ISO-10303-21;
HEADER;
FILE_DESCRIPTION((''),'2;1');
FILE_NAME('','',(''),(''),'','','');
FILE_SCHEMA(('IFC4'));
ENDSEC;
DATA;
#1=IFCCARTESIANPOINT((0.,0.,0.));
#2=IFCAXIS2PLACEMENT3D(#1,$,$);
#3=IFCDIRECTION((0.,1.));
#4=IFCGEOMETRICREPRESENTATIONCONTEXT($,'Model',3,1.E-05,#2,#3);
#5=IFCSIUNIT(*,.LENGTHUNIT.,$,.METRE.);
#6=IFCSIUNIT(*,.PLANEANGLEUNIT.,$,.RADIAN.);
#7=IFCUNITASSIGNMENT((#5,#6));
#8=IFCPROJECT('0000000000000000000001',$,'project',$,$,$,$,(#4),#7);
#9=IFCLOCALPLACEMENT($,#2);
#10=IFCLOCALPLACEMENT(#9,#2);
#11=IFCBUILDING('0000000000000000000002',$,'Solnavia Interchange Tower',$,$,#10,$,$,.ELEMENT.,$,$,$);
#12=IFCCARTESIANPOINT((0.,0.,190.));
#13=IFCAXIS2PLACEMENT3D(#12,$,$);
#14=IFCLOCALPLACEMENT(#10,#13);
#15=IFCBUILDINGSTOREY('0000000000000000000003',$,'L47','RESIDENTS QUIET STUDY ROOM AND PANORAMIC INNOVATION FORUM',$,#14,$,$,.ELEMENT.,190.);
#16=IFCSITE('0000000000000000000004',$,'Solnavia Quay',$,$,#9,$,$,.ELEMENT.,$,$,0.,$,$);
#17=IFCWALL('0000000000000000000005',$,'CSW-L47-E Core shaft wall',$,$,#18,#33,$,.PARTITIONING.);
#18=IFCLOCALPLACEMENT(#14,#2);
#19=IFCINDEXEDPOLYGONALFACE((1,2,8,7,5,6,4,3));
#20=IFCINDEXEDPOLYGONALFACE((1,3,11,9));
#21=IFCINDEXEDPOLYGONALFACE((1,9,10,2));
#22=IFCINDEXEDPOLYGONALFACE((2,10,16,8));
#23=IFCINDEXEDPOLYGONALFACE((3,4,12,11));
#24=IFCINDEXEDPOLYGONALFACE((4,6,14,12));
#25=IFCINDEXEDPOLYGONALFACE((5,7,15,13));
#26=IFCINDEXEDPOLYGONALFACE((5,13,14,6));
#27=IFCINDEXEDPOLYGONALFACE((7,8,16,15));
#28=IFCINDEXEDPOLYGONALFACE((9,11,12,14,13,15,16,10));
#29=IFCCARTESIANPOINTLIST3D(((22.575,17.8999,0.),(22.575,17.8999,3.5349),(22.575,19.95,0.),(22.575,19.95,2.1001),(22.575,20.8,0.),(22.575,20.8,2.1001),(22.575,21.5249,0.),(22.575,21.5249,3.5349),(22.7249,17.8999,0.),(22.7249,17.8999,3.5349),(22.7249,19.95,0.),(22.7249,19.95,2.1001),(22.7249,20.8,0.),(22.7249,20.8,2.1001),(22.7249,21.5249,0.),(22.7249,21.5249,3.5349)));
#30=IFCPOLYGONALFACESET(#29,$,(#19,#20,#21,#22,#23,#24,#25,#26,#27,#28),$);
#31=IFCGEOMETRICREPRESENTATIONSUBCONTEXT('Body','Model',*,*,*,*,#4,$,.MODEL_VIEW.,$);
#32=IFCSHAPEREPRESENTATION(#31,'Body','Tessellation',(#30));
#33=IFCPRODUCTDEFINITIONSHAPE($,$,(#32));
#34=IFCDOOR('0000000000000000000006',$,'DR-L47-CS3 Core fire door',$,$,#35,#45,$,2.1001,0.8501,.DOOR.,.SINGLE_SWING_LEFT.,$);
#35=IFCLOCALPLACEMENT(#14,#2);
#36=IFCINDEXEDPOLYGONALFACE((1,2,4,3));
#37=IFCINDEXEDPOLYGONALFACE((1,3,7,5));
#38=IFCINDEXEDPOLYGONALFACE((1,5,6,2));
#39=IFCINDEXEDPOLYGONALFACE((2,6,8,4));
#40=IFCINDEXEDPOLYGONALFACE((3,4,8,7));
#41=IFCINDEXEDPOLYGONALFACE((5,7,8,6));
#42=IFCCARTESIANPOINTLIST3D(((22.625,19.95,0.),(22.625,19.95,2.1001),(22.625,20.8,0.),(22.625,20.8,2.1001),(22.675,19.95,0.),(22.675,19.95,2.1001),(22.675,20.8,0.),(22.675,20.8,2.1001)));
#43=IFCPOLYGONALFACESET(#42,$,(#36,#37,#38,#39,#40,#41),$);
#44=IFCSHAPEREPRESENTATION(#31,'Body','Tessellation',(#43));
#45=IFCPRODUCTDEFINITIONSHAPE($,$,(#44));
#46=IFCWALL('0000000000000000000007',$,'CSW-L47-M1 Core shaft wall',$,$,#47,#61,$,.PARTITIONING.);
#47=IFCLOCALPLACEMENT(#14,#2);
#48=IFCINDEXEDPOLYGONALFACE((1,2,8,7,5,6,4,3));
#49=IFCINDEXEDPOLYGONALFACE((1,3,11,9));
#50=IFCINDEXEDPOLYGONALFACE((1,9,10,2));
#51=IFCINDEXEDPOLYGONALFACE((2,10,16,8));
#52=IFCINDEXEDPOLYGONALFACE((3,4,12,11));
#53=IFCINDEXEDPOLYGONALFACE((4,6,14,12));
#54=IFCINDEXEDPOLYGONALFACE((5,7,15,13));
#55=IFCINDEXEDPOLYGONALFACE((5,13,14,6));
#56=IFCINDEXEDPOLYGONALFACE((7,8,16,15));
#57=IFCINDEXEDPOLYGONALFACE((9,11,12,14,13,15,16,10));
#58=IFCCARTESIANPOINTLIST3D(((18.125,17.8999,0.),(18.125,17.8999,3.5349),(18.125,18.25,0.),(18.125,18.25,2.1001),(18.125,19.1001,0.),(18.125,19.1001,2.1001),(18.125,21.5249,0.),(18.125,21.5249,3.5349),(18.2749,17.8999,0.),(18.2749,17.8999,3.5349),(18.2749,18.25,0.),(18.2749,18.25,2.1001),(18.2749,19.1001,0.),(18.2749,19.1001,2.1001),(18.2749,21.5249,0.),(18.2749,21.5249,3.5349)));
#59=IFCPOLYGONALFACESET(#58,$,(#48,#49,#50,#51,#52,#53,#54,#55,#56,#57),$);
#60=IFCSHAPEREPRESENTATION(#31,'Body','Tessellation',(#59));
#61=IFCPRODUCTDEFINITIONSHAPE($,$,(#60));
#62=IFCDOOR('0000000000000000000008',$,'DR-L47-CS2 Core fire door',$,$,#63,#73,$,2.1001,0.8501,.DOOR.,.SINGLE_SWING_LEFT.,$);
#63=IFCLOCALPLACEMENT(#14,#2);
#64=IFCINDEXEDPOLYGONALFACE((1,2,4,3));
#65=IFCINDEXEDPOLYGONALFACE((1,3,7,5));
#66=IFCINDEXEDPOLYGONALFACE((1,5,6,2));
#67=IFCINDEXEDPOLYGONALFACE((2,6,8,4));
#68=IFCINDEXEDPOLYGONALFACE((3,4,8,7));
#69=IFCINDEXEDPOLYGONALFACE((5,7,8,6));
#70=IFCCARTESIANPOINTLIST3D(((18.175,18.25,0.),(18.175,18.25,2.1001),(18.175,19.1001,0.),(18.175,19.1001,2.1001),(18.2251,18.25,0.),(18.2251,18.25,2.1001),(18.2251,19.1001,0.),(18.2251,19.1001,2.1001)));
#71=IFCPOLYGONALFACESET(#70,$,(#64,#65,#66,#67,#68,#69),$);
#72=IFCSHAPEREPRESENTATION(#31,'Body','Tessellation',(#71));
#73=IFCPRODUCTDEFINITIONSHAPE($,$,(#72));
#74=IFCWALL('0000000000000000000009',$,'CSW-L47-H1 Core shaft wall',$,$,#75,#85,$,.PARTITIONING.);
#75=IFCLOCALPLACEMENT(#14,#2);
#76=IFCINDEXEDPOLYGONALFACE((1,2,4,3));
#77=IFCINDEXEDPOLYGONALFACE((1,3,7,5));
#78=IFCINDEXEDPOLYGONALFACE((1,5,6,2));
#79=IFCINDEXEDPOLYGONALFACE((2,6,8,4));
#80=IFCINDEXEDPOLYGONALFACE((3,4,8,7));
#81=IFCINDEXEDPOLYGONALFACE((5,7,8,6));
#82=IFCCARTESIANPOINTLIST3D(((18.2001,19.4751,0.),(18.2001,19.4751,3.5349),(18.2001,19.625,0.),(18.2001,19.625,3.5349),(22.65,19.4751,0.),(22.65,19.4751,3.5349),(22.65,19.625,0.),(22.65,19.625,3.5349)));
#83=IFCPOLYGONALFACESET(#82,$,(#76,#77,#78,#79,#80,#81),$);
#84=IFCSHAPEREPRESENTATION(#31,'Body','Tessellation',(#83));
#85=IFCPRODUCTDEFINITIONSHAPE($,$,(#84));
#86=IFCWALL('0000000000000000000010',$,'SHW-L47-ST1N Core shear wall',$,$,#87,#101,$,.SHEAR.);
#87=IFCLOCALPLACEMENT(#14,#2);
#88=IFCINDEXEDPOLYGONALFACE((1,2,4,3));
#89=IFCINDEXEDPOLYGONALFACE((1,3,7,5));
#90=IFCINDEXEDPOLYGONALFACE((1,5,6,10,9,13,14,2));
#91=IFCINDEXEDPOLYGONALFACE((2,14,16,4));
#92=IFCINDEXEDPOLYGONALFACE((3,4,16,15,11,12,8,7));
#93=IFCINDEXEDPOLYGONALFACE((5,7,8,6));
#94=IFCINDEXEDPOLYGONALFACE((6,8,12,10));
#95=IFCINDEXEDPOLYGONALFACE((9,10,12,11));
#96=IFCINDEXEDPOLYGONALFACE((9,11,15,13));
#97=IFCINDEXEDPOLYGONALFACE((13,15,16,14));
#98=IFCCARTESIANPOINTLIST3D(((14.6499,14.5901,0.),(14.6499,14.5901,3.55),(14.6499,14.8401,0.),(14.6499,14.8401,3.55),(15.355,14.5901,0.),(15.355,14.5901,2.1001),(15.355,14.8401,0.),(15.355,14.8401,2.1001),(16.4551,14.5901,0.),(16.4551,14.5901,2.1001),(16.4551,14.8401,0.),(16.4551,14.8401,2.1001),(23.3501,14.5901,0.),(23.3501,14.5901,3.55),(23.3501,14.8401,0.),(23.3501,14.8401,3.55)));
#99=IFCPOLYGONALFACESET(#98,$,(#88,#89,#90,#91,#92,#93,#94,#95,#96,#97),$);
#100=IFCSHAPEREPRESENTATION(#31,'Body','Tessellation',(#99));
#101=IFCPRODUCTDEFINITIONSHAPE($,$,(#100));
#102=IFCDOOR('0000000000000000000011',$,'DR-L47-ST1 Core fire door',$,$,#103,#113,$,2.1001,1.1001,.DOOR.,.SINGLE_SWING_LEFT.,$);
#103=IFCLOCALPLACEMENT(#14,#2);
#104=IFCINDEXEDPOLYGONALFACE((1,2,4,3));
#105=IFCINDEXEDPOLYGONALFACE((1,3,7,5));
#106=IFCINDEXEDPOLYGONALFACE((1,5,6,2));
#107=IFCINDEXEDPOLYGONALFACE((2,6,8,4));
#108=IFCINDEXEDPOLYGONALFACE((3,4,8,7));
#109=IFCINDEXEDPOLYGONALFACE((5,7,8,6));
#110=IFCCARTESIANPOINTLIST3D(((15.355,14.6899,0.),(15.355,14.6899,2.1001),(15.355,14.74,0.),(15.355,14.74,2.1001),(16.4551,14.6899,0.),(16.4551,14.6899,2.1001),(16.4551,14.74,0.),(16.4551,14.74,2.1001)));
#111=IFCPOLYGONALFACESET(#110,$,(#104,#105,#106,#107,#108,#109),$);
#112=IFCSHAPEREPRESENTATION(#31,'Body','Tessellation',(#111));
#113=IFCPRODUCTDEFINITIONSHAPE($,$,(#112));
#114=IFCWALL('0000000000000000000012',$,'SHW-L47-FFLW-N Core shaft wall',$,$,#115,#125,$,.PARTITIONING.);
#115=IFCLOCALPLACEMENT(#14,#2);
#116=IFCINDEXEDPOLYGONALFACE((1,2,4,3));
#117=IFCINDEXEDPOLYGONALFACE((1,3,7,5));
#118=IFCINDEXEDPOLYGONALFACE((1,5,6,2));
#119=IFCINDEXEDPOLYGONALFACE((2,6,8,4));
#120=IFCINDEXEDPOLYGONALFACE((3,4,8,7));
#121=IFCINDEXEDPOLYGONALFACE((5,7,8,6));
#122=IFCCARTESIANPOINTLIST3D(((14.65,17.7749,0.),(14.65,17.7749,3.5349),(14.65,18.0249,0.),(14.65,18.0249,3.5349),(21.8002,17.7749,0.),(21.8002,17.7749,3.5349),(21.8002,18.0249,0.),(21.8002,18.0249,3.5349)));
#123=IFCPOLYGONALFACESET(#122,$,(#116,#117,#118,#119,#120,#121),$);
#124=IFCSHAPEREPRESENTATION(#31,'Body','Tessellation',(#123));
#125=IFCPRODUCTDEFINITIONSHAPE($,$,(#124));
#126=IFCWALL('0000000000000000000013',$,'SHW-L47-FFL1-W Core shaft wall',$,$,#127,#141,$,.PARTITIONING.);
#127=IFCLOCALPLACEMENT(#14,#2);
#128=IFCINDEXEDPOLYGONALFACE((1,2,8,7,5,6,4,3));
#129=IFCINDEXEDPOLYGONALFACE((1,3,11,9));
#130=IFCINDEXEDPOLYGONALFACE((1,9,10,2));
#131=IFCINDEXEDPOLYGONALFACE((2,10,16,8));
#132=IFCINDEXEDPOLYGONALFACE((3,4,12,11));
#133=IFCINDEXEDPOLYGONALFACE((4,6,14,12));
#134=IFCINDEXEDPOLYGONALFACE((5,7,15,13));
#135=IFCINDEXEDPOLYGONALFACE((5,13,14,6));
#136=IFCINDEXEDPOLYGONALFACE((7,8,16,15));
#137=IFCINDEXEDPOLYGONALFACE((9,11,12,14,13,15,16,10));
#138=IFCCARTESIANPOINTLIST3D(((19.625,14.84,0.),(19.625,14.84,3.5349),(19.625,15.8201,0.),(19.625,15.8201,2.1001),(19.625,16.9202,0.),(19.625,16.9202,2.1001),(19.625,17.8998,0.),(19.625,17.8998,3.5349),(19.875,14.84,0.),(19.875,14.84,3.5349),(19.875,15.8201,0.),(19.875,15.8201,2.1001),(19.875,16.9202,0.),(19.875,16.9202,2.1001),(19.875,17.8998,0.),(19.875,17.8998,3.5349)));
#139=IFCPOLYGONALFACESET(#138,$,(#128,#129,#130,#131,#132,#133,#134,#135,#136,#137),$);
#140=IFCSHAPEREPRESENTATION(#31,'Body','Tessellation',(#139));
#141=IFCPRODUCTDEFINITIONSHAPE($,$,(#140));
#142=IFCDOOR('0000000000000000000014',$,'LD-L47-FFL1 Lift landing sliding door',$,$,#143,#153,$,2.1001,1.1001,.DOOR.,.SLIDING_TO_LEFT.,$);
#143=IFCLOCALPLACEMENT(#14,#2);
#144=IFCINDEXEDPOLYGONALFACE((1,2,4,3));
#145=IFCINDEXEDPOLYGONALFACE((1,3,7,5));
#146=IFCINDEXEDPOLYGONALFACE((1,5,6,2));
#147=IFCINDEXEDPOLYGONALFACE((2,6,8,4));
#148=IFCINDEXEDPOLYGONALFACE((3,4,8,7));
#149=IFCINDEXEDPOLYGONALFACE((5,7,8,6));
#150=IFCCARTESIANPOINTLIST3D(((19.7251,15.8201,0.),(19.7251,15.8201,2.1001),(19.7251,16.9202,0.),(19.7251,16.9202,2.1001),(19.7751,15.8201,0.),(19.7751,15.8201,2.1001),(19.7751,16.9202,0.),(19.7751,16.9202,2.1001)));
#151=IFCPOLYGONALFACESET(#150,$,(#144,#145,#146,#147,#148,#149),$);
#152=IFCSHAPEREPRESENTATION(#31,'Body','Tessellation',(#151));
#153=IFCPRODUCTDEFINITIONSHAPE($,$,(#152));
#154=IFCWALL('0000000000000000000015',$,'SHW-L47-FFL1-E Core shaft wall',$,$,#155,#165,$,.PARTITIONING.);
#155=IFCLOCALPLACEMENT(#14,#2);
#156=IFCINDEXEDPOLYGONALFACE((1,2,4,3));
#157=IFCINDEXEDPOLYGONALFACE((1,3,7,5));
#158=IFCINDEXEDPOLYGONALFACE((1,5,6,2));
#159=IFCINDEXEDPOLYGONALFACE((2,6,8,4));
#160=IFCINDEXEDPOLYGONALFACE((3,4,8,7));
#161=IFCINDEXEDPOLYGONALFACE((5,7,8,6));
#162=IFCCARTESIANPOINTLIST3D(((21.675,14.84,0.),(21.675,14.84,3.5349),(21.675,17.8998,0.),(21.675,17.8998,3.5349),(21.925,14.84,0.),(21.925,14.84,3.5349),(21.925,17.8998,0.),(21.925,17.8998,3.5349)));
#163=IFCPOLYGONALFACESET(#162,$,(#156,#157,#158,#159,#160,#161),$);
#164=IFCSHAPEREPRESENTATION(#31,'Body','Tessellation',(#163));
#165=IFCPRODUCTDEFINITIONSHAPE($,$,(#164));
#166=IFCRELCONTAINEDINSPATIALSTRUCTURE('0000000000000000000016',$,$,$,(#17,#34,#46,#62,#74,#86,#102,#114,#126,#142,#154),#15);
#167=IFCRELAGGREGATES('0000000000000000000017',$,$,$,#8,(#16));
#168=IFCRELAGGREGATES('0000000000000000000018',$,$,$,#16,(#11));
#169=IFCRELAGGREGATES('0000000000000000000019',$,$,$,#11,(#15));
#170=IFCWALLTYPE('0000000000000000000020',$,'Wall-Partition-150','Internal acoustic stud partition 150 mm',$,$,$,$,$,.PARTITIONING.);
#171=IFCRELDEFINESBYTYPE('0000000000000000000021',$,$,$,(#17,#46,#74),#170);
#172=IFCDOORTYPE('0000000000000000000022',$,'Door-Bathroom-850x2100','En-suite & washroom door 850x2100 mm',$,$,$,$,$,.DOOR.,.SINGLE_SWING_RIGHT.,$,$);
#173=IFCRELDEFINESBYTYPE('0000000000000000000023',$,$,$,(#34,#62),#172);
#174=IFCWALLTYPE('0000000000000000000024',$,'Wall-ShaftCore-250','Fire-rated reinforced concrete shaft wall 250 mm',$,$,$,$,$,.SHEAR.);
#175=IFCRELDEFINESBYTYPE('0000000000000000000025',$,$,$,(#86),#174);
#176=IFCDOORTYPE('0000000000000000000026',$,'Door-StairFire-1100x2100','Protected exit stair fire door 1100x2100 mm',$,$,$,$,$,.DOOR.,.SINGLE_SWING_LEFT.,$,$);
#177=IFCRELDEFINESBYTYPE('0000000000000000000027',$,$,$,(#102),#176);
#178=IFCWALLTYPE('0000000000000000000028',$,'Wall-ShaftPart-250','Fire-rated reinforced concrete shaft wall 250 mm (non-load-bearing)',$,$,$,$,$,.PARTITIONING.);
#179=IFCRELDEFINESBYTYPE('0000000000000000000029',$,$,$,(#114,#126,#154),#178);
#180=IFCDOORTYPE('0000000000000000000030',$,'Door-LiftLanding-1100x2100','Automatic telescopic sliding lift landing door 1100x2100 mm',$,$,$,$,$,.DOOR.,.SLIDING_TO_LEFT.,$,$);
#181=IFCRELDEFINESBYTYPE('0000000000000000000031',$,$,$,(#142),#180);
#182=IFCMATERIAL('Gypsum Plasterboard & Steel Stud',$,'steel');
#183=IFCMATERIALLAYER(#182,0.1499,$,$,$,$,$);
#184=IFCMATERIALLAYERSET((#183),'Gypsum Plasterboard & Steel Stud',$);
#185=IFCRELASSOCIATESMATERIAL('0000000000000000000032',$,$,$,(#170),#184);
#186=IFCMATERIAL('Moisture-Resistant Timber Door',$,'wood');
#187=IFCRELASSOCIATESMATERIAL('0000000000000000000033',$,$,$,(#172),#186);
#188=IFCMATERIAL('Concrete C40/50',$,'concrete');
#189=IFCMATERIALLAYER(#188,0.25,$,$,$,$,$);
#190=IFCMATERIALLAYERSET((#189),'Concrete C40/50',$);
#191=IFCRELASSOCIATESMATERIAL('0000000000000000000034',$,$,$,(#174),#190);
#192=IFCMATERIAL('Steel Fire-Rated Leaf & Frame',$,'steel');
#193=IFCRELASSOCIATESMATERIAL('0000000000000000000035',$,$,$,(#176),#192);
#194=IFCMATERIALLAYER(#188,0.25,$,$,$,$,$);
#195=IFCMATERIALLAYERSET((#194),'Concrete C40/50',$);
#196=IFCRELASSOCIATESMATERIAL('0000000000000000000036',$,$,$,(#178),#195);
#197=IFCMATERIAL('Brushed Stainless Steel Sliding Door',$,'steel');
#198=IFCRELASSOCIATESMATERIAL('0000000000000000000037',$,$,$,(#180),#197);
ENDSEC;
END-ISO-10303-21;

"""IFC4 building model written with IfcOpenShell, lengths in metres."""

from ifc_helpers import new_model, si_unit, direction, frame, frame_2d, origin, place, context, subcontext, project, spatial, rectangle, extrude, material, layer, layer_set, type_object, element, fill, save


model = new_model("IFC4")

# Units and contexts
model_context = context("Model", 3, precision=1e-05, world=origin(), true_north=direction((0.0, 1.0)))
body_context = subcontext(model_context, "Body", "Model", "MODEL_VIEW")
ifc_project = project(units=[si_unit("LENGTHUNIT", "METRE"), si_unit("PLANEANGLEUNIT", "RADIAN")], contexts=[model_context])

# Site, building, storey
site_placement = place(None, origin())
site = spatial("IfcSite", under=ifc_project, at=site_placement, Name="Solnavia Quay", CompositionType="ELEMENT", RefElevation=0.0)
building_placement = place(site_placement, origin())
building = spatial("IfcBuilding", under=site, at=building_placement, Name="Solnavia Interchange Tower", CompositionType="ELEMENT")
storey_placement = place(building_placement, frame((0.0, 0.0, 190.0)))
storey = spatial("IfcBuildingStorey", under=building, at=storey_placement, Name="L47", Description="RESIDENTS QUIET STUDY ROOM AND PANORAMIC INNOVATION FORUM", CompositionType="ELEMENT", Elevation=190.0)

# Walls, openings, doors
ifc_material_1 = material(Name="Gypsum Plasterboard & Steel Stud", Category="steel")
ifc_layer_1 = layer(ifc_material_1, 0.1499)
ifc_layer_set_1 = layer_set([ifc_layer_1], Name="Gypsum Plasterboard & Steel Stud")
wall_type_1 = type_object("IfcWallType", Name="Wall-Partition-150", Description="Internal acoustic stud partition 150 mm", PredefinedType="PARTITIONING", material=ifc_layer_set_1)
wall_1_placement = place(storey_placement, frame((22.6499, 17.8999, 0.0), z_axis=(0.0, 0.0, 1.0), x_axis=(0.0, 1.0, 0.0)))
wall_1 = element("IfcWall", 1, at=wall_1_placement, inside=storey, type_object=wall_type_1, Name="CSW-L47-E Core shaft wall", PredefinedType="PARTITIONING", context=body_context, shape_type="SweptSolid", body=[
    extrude(rectangle(XDim=3.625, YDim=0.1499, at=frame_2d((1.8125, 0.0))), origin(), (0.0, 0.0, 1.0), 3.5349),
])
opening_1_placement = place(wall_1_placement, frame((2.05, 0.0, 0.0)))
opening_1 = element("IfcOpeningElement", 2, at=opening_1_placement, cuts=wall_1, PredefinedType="OPENING", context=body_context, shape_type="SweptSolid", body=[
    extrude(rectangle(XDim=0.8501, YDim=2.1001, at=frame_2d((0.425, 1.05))), frame((0.0, 0.085, 0.0), z_axis=(0.0, -1.0, 0.0), x_axis=(1.0, 0.0, 0.0)), (0.0, 0.0, 1.0), 0.1699),
])
ifc_material_2 = material(Name="Moisture-Resistant Timber Door", Category="wood")
door_type_1 = type_object("IfcDoorType", Name="Door-Bathroom-850x2100", Description="En-suite & washroom door 850x2100 mm", OperationType="SINGLE_SWING_RIGHT", PredefinedType="DOOR", material=ifc_material_2)
door_1_placement = place(opening_1_placement, origin())
door_1 = element("IfcDoor", 3, at=door_1_placement, inside=storey, type_object=door_type_1, Name="DR-L47-CS3 Core fire door", OperationType="SINGLE_SWING_LEFT", OverallHeight=2.1001, OverallWidth=0.8501, PredefinedType="DOOR", context=body_context, shape_type="SweptSolid", body=[
    extrude(rectangle(XDim=0.8501, YDim=2.1001, at=frame_2d((0.425, 1.05))), frame((0.0, 0.0249, 0.0), z_axis=(0.0, -1.0, 0.0), x_axis=(1.0, 0.0, 0.0)), (0.0, 0.0, 1.0), 0.05),
])
fill(opening_1, door_1)
wall_2_placement = place(storey_placement, frame((18.2, 17.8999, 0.0), z_axis=(0.0, 0.0, 1.0), x_axis=(0.0, 1.0, 0.0)))
wall_2 = element("IfcWall", 4, at=wall_2_placement, inside=storey, type_object=wall_type_1, Name="CSW-L47-M1 Core shaft wall", PredefinedType="PARTITIONING", context=body_context, shape_type="SweptSolid", body=[
    extrude(rectangle(XDim=3.625, YDim=0.1499, at=frame_2d((1.8125, 0.0))), origin(), (0.0, 0.0, 1.0), 3.5349),
])
opening_2_placement = place(wall_2_placement, frame((0.3501, 0.0, 0.0)))
opening_2 = element("IfcOpeningElement", 5, at=opening_2_placement, cuts=wall_2, PredefinedType="OPENING", context=body_context, shape_type="SweptSolid", body=[
    extrude(rectangle(XDim=0.8501, YDim=2.1001, at=frame_2d((0.425, 1.05))), frame((0.0, 0.085, 0.0), z_axis=(0.0, -1.0, 0.0), x_axis=(1.0, 0.0, 0.0)), (0.0, 0.0, 1.0), 0.1699),
])
door_2_placement = place(opening_2_placement, origin())
door_2 = element("IfcDoor", 6, at=door_2_placement, inside=storey, type_object=door_type_1, Name="DR-L47-CS2 Core fire door", OperationType="SINGLE_SWING_LEFT", OverallHeight=2.1001, OverallWidth=0.8501, PredefinedType="DOOR", context=body_context, shape_type="SweptSolid", body=[
    extrude(rectangle(XDim=0.8501, YDim=2.1001, at=frame_2d((0.425, 1.05))), frame((0.0, 0.0249, 0.0), z_axis=(0.0, -1.0, 0.0), x_axis=(1.0, 0.0, 0.0)), (0.0, 0.0, 1.0), 0.05),
])
fill(opening_2, door_2)

# Wall
wall_3_placement = place(storey_placement, frame((18.2, 19.55, 0.0), z_axis=(0.0, 0.0, 1.0), x_axis=(1.0, 0.0, 0.0)))
element("IfcWall", 7, at=wall_3_placement, inside=storey, type_object=wall_type_1, Name="CSW-L47-H1 Core shaft wall", PredefinedType="PARTITIONING", context=body_context, shape_type="SweptSolid", body=[
    extrude(rectangle(XDim=4.45, YDim=0.1499, at=frame_2d((2.2251, 0.0))), origin(), (0.0, 0.0, 1.0), 3.5349),
])

# Wall, opening, door
ifc_material_3 = material(Name="Concrete C40/50", Category="concrete")
ifc_layer_2 = layer(ifc_material_3, 0.25)
ifc_layer_set_2 = layer_set([ifc_layer_2], Name="Concrete C40/50")
wall_type_2 = type_object("IfcWallType", Name="Wall-ShaftCore-250", Description="Fire-rated reinforced concrete shaft wall 250 mm", PredefinedType="SHEAR", material=ifc_layer_set_2)
wall_4_placement = place(storey_placement, frame((14.6499, 14.7151, 0.0), z_axis=(0.0, 0.0, 1.0), x_axis=(1.0, 0.0, 0.0)))
wall_4 = element("IfcWall", 8, at=wall_4_placement, inside=storey, type_object=wall_type_2, Name="SHW-L47-ST1N Core shear wall", PredefinedType="SHEAR", context=body_context, shape_type="SweptSolid", body=[
    extrude(rectangle(XDim=8.7002, YDim=0.25, at=frame_2d((4.3501, 0.0))), origin(), (0.0, 0.0, 1.0), 3.55),
])
opening_3_placement = place(wall_4_placement, frame((0.7051, 0.0, 0.0)))
opening_3 = element("IfcOpeningElement", 9, at=opening_3_placement, cuts=wall_4, PredefinedType="OPENING", context=body_context, shape_type="SweptSolid", body=[
    extrude(rectangle(XDim=1.1001, YDim=2.1001, at=frame_2d((0.55, 1.05))), frame((0.0, 0.135, 0.0), z_axis=(0.0, -1.0, 0.0), x_axis=(1.0, 0.0, 0.0)), (0.0, 0.0, 1.0), 0.27),
])
ifc_material_4 = material(Name="Steel Fire-Rated Leaf & Frame", Category="steel")
door_type_2 = type_object("IfcDoorType", Name="Door-StairFire-1100x2100", Description="Protected exit stair fire door 1100x2100 mm", OperationType="SINGLE_SWING_LEFT", PredefinedType="DOOR", material=ifc_material_4)
door_3_placement = place(opening_3_placement, origin())
door_3 = element("IfcDoor", 10, at=door_3_placement, inside=storey, type_object=door_type_2, Name="DR-L47-ST1 Core fire door", OperationType="SINGLE_SWING_LEFT", OverallHeight=2.1001, OverallWidth=1.1001, PredefinedType="DOOR", context=body_context, shape_type="SweptSolid", body=[
    extrude(rectangle(XDim=1.1001, YDim=2.1001, at=frame_2d((0.55, 1.05))), frame((0.0, 0.0249, 0.0), z_axis=(0.0, -1.0, 0.0), x_axis=(1.0, 0.0, 0.0)), (0.0, 0.0, 1.0), 0.05),
])
fill(opening_3, door_3)

# Wall
ifc_layer_3 = layer(ifc_material_3, 0.25)
ifc_layer_set_3 = layer_set([ifc_layer_3], Name="Concrete C40/50")
wall_type_3 = type_object("IfcWallType", Name="Wall-ShaftPart-250", Description="Fire-rated reinforced concrete shaft wall 250 mm (non-load-bearing)", PredefinedType="PARTITIONING", material=ifc_layer_set_3)
wall_5_placement = place(storey_placement, frame((14.6499, 17.8999, 0.0), z_axis=(0.0, 0.0, 1.0), x_axis=(1.0, 0.0, 0.0)))
element("IfcWall", 11, at=wall_5_placement, inside=storey, type_object=wall_type_3, Name="SHW-L47-FFLW-N Core shaft wall", PredefinedType="PARTITIONING", context=body_context, shape_type="SweptSolid", body=[
    extrude(rectangle(XDim=7.1501, YDim=0.25, at=frame_2d((3.5752, 0.0))), origin(), (0.0, 0.0, 1.0), 3.5349),
])

# Wall, opening, door
wall_6_placement = place(storey_placement, frame((19.75, 14.8401, 0.0), z_axis=(0.0, 0.0, 1.0), x_axis=(0.0, 1.0, 0.0)))
wall_6 = element("IfcWall", 12, at=wall_6_placement, inside=storey, type_object=wall_type_3, Name="SHW-L47-FFL1-W Core shaft wall", PredefinedType="PARTITIONING", context=body_context, shape_type="SweptSolid", body=[
    extrude(rectangle(XDim=3.0598, YDim=0.25, at=frame_2d((1.5298, 0.0))), origin(), (0.0, 0.0, 1.0), 3.5349),
])
opening_4_placement = place(wall_6_placement, frame((0.98, 0.0, 0.0)))
opening_4 = element("IfcOpeningElement", 13, at=opening_4_placement, cuts=wall_6, PredefinedType="OPENING", context=body_context, shape_type="SweptSolid", body=[
    extrude(rectangle(XDim=1.1001, YDim=2.1001, at=frame_2d((0.55, 1.05))), frame((0.0, 0.135, 0.0), z_axis=(0.0, -1.0, 0.0), x_axis=(1.0, 0.0, 0.0)), (0.0, 0.0, 1.0), 0.27),
])
ifc_material_5 = material(Name="Brushed Stainless Steel Sliding Door", Category="steel")
door_type_3 = type_object("IfcDoorType", Name="Door-LiftLanding-1100x2100", Description="Automatic telescopic sliding lift landing door 1100x2100 mm", OperationType="SLIDING_TO_LEFT", PredefinedType="DOOR", material=ifc_material_5)
door_4_placement = place(opening_4_placement, origin())
door_4 = element("IfcDoor", 14, at=door_4_placement, inside=storey, type_object=door_type_3, Name="LD-L47-FFL1 Lift landing sliding door", OperationType="SLIDING_TO_LEFT", OverallHeight=2.1001, OverallWidth=1.1001, PredefinedType="DOOR", context=body_context, shape_type="SweptSolid", body=[
    extrude(rectangle(XDim=1.1001, YDim=2.1001, at=frame_2d((0.55, 1.05))), frame((0.0, 0.0249, 0.0), z_axis=(0.0, -1.0, 0.0), x_axis=(1.0, 0.0, 0.0)), (0.0, 0.0, 1.0), 0.05),
])
fill(opening_4, door_4)

# Wall
wall_7_placement = place(storey_placement, frame((21.8, 14.8401, 0.0), z_axis=(0.0, 0.0, 1.0), x_axis=(0.0, 1.0, 0.0)))
element("IfcWall", 15, at=wall_7_placement, inside=storey, type_object=wall_type_3, Name="SHW-L47-FFL1-E Core shaft wall", PredefinedType="PARTITIONING", context=body_context, shape_type="SweptSolid", body=[
    extrude(rectangle(XDim=3.0598, YDim=0.25, at=frame_2d((1.5298, 0.0))), origin(), (0.0, 0.0, 1.0), 3.5349),
])

save(model, "model.ifc")
